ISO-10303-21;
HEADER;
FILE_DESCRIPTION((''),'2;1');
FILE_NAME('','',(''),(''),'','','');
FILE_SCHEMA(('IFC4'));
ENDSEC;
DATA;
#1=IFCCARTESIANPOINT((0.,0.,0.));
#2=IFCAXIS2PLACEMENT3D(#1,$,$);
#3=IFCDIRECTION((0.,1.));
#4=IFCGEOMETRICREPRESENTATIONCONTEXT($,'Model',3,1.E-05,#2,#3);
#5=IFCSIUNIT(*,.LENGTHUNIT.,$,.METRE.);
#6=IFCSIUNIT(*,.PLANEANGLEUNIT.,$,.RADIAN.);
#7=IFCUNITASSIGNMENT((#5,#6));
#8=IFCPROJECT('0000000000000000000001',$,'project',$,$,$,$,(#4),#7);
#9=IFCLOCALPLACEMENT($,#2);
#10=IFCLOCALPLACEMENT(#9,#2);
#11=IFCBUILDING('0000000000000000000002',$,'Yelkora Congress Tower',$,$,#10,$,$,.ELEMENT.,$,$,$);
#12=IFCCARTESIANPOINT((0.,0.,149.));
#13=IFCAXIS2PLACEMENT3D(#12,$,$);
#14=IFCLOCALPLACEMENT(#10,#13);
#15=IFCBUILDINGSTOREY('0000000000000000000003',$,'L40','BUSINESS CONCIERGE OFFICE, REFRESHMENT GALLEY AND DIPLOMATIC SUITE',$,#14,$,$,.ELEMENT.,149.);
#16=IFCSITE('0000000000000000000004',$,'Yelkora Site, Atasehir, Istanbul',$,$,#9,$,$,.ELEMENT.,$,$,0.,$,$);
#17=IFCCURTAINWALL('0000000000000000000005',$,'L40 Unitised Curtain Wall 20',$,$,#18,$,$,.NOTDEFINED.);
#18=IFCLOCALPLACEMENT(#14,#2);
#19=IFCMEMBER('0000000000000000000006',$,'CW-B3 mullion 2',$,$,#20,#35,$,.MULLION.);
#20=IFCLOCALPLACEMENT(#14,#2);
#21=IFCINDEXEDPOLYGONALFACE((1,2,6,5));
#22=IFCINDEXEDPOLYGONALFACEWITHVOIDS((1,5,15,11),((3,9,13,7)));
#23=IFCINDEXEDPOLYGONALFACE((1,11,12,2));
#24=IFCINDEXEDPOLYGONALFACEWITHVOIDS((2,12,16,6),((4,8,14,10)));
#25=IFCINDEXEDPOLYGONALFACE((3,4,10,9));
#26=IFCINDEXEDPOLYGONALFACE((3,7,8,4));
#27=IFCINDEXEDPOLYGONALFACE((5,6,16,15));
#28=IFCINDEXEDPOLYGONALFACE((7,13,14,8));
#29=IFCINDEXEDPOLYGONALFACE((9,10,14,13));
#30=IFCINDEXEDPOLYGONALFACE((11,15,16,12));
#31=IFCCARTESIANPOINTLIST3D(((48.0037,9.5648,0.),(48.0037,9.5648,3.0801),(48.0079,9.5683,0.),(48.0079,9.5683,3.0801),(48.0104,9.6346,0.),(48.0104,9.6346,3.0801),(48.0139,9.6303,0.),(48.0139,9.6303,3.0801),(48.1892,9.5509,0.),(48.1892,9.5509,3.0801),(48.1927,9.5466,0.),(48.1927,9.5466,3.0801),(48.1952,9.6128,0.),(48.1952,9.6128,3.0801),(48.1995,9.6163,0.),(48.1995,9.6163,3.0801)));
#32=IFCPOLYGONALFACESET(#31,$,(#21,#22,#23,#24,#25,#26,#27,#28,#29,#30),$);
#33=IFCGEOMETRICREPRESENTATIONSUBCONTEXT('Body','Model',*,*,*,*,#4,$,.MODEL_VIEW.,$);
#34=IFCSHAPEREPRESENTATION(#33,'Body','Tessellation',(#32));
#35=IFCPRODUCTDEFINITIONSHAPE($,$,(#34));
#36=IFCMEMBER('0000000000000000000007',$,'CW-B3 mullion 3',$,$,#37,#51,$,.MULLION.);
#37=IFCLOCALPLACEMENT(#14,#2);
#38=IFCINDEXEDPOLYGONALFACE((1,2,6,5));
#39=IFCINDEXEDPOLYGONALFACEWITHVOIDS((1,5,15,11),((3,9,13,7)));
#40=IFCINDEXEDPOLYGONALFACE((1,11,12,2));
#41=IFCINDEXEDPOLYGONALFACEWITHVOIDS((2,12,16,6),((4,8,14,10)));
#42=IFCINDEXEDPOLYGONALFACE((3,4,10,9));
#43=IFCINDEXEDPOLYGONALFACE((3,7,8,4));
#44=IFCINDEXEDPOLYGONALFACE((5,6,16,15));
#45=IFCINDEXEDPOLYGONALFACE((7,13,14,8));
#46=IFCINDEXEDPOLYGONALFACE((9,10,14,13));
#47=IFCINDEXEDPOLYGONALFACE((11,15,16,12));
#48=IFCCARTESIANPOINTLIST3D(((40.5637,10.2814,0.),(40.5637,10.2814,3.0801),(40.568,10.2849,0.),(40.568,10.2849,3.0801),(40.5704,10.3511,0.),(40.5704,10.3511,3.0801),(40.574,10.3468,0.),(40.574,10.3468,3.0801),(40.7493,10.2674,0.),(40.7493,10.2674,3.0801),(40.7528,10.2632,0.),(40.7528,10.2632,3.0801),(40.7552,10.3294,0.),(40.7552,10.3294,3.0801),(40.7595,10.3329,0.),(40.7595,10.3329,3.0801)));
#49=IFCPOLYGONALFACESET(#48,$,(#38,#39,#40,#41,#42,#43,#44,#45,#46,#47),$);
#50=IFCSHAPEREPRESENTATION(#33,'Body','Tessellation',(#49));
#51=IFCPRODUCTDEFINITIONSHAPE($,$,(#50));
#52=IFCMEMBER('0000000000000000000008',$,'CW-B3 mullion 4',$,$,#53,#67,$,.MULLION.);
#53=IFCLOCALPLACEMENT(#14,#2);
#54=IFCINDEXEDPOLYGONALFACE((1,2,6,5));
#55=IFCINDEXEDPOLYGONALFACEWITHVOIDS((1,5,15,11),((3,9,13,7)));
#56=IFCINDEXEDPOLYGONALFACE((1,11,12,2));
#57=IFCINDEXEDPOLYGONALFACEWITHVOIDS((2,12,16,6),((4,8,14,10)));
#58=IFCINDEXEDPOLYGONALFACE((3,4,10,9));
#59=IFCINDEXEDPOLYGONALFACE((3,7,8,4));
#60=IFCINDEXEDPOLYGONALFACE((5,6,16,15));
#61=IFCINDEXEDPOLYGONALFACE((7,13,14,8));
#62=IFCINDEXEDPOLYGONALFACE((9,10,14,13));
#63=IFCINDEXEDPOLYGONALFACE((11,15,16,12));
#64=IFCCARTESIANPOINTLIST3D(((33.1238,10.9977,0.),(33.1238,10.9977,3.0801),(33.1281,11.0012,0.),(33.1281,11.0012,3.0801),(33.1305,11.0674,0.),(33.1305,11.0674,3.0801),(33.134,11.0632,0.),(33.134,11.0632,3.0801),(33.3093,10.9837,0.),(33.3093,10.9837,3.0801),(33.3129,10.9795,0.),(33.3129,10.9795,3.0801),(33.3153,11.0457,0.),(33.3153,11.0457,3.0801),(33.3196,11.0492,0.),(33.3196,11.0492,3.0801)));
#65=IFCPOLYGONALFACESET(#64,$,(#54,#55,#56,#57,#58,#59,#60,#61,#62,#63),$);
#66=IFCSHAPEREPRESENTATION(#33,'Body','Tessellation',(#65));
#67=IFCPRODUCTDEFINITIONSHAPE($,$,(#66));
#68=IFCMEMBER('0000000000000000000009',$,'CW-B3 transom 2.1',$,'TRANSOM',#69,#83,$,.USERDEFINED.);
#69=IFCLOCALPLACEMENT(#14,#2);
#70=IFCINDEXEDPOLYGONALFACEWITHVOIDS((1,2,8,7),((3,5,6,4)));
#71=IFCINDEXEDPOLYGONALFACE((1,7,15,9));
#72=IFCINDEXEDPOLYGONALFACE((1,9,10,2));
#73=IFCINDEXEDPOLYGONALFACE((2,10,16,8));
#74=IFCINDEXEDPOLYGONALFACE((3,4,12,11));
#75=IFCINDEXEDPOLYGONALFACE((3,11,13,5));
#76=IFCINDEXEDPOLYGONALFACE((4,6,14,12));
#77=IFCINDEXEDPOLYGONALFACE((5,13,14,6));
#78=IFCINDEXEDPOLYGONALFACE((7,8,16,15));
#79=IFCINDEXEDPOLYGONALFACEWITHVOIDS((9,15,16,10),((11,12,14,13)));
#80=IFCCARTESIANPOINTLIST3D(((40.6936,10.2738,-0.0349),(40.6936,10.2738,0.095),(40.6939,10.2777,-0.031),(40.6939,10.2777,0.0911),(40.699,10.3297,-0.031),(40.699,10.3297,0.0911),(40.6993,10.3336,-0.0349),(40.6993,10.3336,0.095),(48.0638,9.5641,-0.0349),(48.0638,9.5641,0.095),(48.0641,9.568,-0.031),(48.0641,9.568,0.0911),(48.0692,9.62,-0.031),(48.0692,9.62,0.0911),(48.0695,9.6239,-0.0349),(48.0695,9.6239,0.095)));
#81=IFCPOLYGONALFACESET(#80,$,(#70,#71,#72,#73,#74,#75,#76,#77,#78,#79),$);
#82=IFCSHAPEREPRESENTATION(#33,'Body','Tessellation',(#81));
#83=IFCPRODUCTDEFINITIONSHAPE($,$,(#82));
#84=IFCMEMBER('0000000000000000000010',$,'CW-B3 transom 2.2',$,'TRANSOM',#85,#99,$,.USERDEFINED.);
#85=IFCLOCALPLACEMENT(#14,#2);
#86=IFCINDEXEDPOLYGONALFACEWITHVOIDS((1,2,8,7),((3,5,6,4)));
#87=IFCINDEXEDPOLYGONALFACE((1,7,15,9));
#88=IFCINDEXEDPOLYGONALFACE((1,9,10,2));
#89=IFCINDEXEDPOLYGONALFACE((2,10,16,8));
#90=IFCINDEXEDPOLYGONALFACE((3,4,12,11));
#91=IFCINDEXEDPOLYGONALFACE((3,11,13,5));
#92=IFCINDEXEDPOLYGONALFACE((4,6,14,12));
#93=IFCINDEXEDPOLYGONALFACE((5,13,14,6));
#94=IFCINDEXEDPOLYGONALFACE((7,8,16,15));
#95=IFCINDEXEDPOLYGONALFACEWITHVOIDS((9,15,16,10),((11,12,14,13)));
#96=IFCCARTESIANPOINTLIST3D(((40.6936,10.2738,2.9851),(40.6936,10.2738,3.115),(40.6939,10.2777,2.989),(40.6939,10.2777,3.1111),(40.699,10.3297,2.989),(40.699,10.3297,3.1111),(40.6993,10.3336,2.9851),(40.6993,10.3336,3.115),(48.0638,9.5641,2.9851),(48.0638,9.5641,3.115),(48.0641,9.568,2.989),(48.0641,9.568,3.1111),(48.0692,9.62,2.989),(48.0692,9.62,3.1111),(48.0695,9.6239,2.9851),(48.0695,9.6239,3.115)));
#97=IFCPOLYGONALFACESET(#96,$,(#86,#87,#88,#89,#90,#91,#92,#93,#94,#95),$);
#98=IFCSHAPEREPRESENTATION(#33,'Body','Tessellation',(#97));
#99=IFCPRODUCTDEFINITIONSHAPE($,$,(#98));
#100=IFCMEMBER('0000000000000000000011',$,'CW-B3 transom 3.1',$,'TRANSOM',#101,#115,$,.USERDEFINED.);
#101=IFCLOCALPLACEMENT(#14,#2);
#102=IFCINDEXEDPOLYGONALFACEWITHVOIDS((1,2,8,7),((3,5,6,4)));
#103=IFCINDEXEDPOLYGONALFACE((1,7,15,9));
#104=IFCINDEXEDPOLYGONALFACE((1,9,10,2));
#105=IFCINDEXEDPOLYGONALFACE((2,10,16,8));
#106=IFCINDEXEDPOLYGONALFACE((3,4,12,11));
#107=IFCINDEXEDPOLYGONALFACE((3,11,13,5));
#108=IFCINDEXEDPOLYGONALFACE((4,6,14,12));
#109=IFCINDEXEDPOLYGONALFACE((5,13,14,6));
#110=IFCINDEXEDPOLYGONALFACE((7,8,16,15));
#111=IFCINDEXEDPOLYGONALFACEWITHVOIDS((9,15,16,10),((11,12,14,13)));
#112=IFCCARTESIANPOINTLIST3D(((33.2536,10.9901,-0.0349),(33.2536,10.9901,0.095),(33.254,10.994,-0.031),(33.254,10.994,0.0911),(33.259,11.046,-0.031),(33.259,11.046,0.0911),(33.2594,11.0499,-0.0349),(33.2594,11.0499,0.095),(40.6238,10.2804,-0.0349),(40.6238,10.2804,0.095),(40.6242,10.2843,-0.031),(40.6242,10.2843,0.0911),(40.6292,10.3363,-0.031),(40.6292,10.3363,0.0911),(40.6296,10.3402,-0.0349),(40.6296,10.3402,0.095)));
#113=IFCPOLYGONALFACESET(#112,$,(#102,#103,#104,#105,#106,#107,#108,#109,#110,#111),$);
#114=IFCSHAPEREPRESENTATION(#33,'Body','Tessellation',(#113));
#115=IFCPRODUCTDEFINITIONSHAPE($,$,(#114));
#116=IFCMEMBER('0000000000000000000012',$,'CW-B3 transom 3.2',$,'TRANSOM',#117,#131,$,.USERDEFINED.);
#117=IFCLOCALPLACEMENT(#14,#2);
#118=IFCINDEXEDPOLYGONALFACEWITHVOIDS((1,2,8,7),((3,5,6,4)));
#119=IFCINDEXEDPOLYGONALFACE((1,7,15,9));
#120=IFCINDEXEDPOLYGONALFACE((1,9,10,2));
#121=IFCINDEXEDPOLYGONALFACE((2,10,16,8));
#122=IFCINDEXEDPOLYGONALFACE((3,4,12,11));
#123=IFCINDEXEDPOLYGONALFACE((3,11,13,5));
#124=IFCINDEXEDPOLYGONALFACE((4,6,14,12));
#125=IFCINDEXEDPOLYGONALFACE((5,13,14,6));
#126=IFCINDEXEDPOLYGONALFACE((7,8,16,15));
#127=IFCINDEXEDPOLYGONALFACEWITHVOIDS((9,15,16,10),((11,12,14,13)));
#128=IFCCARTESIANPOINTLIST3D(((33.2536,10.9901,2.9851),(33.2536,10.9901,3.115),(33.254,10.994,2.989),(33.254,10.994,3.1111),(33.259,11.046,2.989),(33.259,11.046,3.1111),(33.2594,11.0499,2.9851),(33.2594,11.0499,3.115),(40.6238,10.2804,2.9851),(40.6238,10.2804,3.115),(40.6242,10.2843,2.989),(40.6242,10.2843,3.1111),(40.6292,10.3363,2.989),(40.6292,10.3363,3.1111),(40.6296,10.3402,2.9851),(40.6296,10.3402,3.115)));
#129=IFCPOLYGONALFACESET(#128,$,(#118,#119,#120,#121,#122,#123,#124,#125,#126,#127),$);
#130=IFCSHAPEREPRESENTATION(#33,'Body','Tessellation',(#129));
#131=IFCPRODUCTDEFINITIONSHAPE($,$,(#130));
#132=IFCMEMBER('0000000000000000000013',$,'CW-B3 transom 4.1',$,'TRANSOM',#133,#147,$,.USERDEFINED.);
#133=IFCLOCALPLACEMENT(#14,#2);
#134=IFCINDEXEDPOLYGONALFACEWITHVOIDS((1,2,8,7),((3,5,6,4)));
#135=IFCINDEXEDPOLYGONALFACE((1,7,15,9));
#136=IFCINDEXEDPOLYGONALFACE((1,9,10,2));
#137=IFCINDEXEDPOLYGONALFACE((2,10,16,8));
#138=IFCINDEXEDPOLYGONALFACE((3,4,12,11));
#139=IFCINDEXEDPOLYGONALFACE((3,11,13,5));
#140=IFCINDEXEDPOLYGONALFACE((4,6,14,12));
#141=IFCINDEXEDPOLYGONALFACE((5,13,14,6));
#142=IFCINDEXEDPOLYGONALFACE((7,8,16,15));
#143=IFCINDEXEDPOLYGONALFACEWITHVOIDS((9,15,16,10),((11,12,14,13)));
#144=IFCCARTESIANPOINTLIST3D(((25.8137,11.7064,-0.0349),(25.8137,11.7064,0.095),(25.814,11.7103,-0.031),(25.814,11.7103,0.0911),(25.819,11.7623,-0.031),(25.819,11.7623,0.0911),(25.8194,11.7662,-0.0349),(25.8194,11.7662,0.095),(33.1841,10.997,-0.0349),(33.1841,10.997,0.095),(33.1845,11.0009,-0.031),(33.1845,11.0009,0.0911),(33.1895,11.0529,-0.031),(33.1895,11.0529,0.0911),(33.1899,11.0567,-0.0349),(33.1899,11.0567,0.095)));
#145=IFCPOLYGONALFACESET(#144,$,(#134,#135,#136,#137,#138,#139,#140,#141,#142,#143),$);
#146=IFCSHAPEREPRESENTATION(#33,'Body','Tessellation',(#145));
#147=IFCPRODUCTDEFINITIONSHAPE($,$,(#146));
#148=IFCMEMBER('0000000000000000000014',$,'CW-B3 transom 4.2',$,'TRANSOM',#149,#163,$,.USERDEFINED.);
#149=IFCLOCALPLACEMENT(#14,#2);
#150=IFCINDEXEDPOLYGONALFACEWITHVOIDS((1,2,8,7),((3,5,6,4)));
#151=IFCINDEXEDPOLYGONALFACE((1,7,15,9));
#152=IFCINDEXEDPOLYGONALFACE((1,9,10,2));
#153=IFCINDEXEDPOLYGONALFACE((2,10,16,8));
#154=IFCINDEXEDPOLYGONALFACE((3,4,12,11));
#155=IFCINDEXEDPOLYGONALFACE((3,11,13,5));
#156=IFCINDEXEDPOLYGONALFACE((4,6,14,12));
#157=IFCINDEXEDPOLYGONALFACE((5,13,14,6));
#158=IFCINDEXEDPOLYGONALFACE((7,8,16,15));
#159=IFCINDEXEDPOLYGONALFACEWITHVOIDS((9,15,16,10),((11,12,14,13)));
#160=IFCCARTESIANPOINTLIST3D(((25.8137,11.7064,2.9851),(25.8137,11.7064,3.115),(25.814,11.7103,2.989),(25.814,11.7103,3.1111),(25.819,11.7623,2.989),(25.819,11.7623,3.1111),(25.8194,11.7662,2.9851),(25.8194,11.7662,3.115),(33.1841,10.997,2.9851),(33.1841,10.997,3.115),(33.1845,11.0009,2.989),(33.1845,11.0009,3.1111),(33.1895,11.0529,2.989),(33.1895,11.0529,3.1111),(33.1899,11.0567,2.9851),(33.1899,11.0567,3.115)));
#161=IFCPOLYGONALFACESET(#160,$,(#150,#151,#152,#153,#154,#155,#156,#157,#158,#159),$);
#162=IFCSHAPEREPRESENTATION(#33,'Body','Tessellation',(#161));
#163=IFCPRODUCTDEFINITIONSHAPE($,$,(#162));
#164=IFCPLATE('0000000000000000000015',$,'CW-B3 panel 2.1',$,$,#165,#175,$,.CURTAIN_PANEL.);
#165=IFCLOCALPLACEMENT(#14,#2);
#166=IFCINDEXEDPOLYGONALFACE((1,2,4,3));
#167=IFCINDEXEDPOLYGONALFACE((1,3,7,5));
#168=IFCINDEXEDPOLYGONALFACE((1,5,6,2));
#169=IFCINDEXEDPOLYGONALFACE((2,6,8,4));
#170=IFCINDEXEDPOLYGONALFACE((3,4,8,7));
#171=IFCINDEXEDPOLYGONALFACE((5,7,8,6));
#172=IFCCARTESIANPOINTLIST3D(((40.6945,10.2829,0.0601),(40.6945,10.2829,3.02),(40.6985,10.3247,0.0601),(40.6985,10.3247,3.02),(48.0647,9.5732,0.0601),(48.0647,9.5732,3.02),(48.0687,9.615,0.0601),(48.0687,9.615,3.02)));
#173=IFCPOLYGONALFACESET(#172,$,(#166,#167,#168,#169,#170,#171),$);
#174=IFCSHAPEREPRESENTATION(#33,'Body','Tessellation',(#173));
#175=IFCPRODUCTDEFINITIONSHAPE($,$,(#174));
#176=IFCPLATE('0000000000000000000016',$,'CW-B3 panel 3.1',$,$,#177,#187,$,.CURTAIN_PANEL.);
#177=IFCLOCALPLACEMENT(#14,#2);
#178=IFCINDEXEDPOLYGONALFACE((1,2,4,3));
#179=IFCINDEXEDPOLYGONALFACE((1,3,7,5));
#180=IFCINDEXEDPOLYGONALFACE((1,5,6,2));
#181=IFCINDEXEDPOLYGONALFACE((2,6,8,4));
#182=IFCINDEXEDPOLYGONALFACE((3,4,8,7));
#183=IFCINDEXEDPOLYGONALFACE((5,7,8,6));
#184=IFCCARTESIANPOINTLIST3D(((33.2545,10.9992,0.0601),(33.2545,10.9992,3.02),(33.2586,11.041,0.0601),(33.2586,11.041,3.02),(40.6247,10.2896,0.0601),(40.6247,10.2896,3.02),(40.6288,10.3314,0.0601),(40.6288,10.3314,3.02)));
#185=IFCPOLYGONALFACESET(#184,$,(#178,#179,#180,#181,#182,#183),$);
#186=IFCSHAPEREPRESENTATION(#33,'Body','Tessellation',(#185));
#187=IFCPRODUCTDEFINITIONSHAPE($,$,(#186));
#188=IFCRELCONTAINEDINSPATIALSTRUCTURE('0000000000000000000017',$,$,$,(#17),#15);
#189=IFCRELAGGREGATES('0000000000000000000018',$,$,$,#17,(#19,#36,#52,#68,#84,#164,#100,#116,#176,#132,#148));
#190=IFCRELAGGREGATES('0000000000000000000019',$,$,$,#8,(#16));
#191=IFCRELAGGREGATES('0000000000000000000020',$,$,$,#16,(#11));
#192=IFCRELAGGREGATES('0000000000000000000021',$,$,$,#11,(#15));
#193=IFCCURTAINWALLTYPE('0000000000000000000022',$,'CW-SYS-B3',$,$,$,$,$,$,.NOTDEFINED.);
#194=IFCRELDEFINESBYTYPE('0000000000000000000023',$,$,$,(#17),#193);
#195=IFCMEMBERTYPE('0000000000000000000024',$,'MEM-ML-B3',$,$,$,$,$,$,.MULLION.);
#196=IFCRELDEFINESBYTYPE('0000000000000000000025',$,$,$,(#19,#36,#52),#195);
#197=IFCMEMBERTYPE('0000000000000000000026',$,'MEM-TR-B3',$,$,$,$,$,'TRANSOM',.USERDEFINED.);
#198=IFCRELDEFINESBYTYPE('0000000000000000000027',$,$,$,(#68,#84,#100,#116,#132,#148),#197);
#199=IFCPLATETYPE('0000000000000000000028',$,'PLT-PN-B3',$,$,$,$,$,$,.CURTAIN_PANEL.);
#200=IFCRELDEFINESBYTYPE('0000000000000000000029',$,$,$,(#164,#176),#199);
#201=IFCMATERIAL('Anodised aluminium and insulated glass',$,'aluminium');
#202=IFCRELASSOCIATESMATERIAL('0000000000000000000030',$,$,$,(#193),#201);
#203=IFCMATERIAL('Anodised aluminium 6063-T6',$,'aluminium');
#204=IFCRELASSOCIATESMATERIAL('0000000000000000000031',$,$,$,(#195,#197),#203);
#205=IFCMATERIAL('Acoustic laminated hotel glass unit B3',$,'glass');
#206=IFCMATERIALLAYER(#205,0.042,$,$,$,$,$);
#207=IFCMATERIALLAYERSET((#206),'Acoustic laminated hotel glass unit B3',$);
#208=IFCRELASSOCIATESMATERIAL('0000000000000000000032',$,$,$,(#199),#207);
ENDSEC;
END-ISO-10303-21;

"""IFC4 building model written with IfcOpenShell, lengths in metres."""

from ifc_helpers import new_model, si_unit, direction, frame, origin, origin_2d, place, context, subcontext, project, spatial, rectangle, hollow_rectangle, extrude, material, layer, layer_set, material_profile, profile_set, type_object, element, aggregate, save


model = new_model("IFC4")

# Units and contexts
model_context = context("Model", 3, precision=1e-05, world=origin(), true_north=direction((0.0, 1.0)))
body_context = subcontext(model_context, "Body", "Model", "MODEL_VIEW")
ifc_project = project(units=[si_unit("LENGTHUNIT", "METRE"), si_unit("PLANEANGLEUNIT", "RADIAN")], contexts=[model_context])

# Site, building, storey
site_placement = place(None, origin())
site = spatial("IfcSite", under=ifc_project, at=site_placement, Name="Yelkora Site, Atasehir, Istanbul", CompositionType="ELEMENT", RefElevation=0.0)
building_placement = place(site_placement, origin())
building = spatial("IfcBuilding", under=site, at=building_placement, Name="Yelkora Congress Tower", CompositionType="ELEMENT")
storey_placement = place(building_placement, frame((0.0, 0.0, 149.0)))
storey = spatial("IfcBuildingStorey", under=building, at=storey_placement, Name="L40", Description="BUSINESS CONCIERGE OFFICE, REFRESHMENT GALLEY AND DIPLOMATIC SUITE", CompositionType="ELEMENT", Elevation=149.0)

# Curtain wall, members, plates
ifc_material_1 = material(Name="Anodised aluminium and insulated glass", Category="aluminium")
curtain_wall_type = type_object("IfcCurtainWallType", Name="CW-SYS-B3", PredefinedType="NOTDEFINED", material=ifc_material_1)
curtain_wall_placement = place(storey_placement, origin())
curtain_wall = element("IfcCurtainWall", 1, at=curtain_wall_placement, inside=storey, type_object=curtain_wall_type, Name="L40 Unitised Curtain Wall 20", PredefinedType="NOTDEFINED")
ifc_material_2 = material(Name="Anodised aluminium 6063-T6", Category="aluminium")
ifc_material_profile_1 = material_profile(ifc_material_2, hollow_rectangle(XDim=0.0701, YDim=0.1899, WallThickness=0.0039, at=origin_2d()), Name="ALU 70x190x4")
ifc_profile_set_1 = profile_set([ifc_material_profile_1], Name="Anodised aluminium 6063-T6")
member_type_1 = type_object("IfcMemberType", Name="MEM-ML-B3", PredefinedType="MULLION", material=ifc_profile_set_1)
member_1_placement = place(storey_placement, frame((48.1016, 9.5906, 0.0), z_axis=(0.0, 0.0, 1.0), x_axis=(-0.095845, -0.995396, 0.0)))
member_1 = element("IfcMember", 2, at=member_1_placement, type_object=member_type_1, Name="CW-B3 mullion 2", PredefinedType="MULLION", context=body_context, shape_type="SweptSolid", body=[
    extrude(hollow_rectangle(XDim=0.0701, YDim=0.1899, WallThickness=0.0039, at=origin_2d()), origin(), (0.0, 0.0, 1.0), 3.0801),
])
member_2_placement = place(storey_placement, frame((40.6616, 10.3071, 0.0), z_axis=(0.0, 0.0, 1.0), x_axis=(-0.095845, -0.995396, 0.0)))
member_2 = element("IfcMember", 3, at=member_2_placement, type_object=member_type_1, Name="CW-B3 mullion 3", PredefinedType="MULLION", context=body_context, shape_type="SweptSolid", body=[
    extrude(hollow_rectangle(XDim=0.0701, YDim=0.1899, WallThickness=0.0039, at=origin_2d()), origin(), (0.0, 0.0, 1.0), 3.0801),
])
member_3_placement = place(storey_placement, frame((33.2217, 11.0234, 0.0), z_axis=(0.0, 0.0, 1.0), x_axis=(-0.095845, -0.995396, 0.0)))
member_3 = element("IfcMember", 4, at=member_3_placement, type_object=member_type_1, Name="CW-B3 mullion 4", PredefinedType="MULLION", context=body_context, shape_type="SweptSolid", body=[
    extrude(hollow_rectangle(XDim=0.0701, YDim=0.1899, WallThickness=0.0039, at=origin_2d()), origin(), (0.0, 0.0, 1.0), 3.0801),
])
ifc_material_profile_2 = material_profile(ifc_material_2, hollow_rectangle(XDim=0.0601, YDim=0.1299, WallThickness=0.0039, at=origin_2d()), Name="ALU 60x130x4")
ifc_profile_set_2 = profile_set([ifc_material_profile_2], Name="Anodised aluminium 6063-T6")
member_type_2 = type_object("IfcMemberType", Name="MEM-TR-B3", ElementType="TRANSOM", PredefinedType="USERDEFINED", material=ifc_profile_set_2)
member_4_placement = place(storey_placement, frame((48.0667, 9.594, 0.03), z_axis=(-0.995395, 0.095853, 0.0), x_axis=(-0.095853, -0.995395, 0.0)))
member_4 = element("IfcMember", 5, at=member_4_placement, type_object=member_type_2, Name="CW-B3 transom 2.1", ObjectType="TRANSOM", PredefinedType="USERDEFINED", context=body_context, shape_type="SweptSolid", body=[
    extrude(hollow_rectangle(XDim=0.0601, YDim=0.1299, WallThickness=0.0039, at=origin_2d()), origin(), (0.0, 0.0, 1.0), 7.4043),
])
member_5_placement = place(storey_placement, frame((48.0667, 9.594, 3.05), z_axis=(-0.995395, 0.095853, 0.0), x_axis=(-0.095853, -0.995395, 0.0)))
member_5 = element("IfcMember", 6, at=member_5_placement, type_object=member_type_2, Name="CW-B3 transom 2.2", ObjectType="TRANSOM", PredefinedType="USERDEFINED", context=body_context, shape_type="SweptSolid", body=[
    extrude(hollow_rectangle(XDim=0.0601, YDim=0.1299, WallThickness=0.0039, at=origin_2d()), origin(), (0.0, 0.0, 1.0), 7.4043),
])
member_6_placement = place(storey_placement, frame((40.6267, 10.3103, 0.03), z_axis=(-0.995395, 0.095853, 0.0), x_axis=(-0.095853, -0.995395, 0.0)))
member_6 = element("IfcMember", 7, at=member_6_placement, type_object=member_type_2, Name="CW-B3 transom 3.1", ObjectType="TRANSOM", PredefinedType="USERDEFINED", context=body_context, shape_type="SweptSolid", body=[
    extrude(hollow_rectangle(XDim=0.0601, YDim=0.1299, WallThickness=0.0039, at=origin_2d()), origin(), (0.0, 0.0, 1.0), 7.4043),
])
member_7_placement = place(storey_placement, frame((40.6267, 10.3103, 3.05), z_axis=(-0.995395, 0.095853, 0.0), x_axis=(-0.095853, -0.995395, 0.0)))
member_7 = element("IfcMember", 8, at=member_7_placement, type_object=member_type_2, Name="CW-B3 transom 3.2", ObjectType="TRANSOM", PredefinedType="USERDEFINED", context=body_context, shape_type="SweptSolid", body=[
    extrude(hollow_rectangle(XDim=0.0601, YDim=0.1299, WallThickness=0.0039, at=origin_2d()), origin(), (0.0, 0.0, 1.0), 7.4043),
])
member_8_placement = place(storey_placement, frame((33.187, 11.0269, 0.03), z_axis=(-0.995399, 0.095817, 0.0), x_axis=(-0.095817, -0.995399, 0.0)))
member_8 = element("IfcMember", 9, at=member_8_placement, type_object=member_type_2, Name="CW-B3 transom 4.1", ObjectType="TRANSOM", PredefinedType="USERDEFINED", context=body_context, shape_type="SweptSolid", body=[
    extrude(hollow_rectangle(XDim=0.0601, YDim=0.1299, WallThickness=0.0039, at=origin_2d()), origin(), (0.0, 0.0, 1.0), 7.4045),
])
member_9_placement = place(storey_placement, frame((33.187, 11.0269, 3.05), z_axis=(-0.995399, 0.095817, 0.0), x_axis=(-0.095817, -0.995399, 0.0)))
member_9 = element("IfcMember", 10, at=member_9_placement, type_object=member_type_2, Name="CW-B3 transom 4.2", ObjectType="TRANSOM", PredefinedType="USERDEFINED", context=body_context, shape_type="SweptSolid", body=[
    extrude(hollow_rectangle(XDim=0.0601, YDim=0.1299, WallThickness=0.0039, at=origin_2d()), origin(), (0.0, 0.0, 1.0), 7.4045),
])
ifc_material_3 = material(Name="Acoustic laminated hotel glass unit B3", Category="glass")
ifc_layer_1 = layer(ifc_material_3, 0.042)
ifc_layer_set_1 = layer_set([ifc_layer_1], Name="Acoustic laminated hotel glass unit B3")
plate_type = type_object("IfcPlateType", Name="PLT-PN-B3", PredefinedType="CURTAIN_PANEL", material=ifc_layer_set_1)
plate_1_placement = place(storey_placement, frame((44.3816, 9.949, 0.0601), z_axis=(0.0, 0.0, 1.0), x_axis=(-0.995396, 0.095845, 0.0)))
plate_1 = element("IfcPlate", 11, at=plate_1_placement, type_object=plate_type, Name="CW-B3 panel 2.1", PredefinedType="CURTAIN_PANEL", context=body_context, shape_type="SweptSolid", body=[
    extrude(rectangle(XDim=7.4043, YDim=0.042, at=origin_2d()), origin(), (0.0, 0.0, 1.0), 2.96),
])
plate_2_placement = place(storey_placement, frame((36.9417, 10.6653, 0.0601), z_axis=(0.0, 0.0, 1.0), x_axis=(-0.995396, 0.095845, 0.0)))
plate_2 = element("IfcPlate", 12, at=plate_2_placement, type_object=plate_type, Name="CW-B3 panel 3.1", PredefinedType="CURTAIN_PANEL", context=body_context, shape_type="SweptSolid", body=[
    extrude(rectangle(XDim=7.4043, YDim=0.042, at=origin_2d()), origin(), (0.0, 0.0, 1.0), 2.96),
])
aggregate(curtain_wall, [member_1, member_2, member_3, member_4, member_5, plate_1, member_6, member_7, plate_2, member_8, member_9])

save(model, "model.ifc")
